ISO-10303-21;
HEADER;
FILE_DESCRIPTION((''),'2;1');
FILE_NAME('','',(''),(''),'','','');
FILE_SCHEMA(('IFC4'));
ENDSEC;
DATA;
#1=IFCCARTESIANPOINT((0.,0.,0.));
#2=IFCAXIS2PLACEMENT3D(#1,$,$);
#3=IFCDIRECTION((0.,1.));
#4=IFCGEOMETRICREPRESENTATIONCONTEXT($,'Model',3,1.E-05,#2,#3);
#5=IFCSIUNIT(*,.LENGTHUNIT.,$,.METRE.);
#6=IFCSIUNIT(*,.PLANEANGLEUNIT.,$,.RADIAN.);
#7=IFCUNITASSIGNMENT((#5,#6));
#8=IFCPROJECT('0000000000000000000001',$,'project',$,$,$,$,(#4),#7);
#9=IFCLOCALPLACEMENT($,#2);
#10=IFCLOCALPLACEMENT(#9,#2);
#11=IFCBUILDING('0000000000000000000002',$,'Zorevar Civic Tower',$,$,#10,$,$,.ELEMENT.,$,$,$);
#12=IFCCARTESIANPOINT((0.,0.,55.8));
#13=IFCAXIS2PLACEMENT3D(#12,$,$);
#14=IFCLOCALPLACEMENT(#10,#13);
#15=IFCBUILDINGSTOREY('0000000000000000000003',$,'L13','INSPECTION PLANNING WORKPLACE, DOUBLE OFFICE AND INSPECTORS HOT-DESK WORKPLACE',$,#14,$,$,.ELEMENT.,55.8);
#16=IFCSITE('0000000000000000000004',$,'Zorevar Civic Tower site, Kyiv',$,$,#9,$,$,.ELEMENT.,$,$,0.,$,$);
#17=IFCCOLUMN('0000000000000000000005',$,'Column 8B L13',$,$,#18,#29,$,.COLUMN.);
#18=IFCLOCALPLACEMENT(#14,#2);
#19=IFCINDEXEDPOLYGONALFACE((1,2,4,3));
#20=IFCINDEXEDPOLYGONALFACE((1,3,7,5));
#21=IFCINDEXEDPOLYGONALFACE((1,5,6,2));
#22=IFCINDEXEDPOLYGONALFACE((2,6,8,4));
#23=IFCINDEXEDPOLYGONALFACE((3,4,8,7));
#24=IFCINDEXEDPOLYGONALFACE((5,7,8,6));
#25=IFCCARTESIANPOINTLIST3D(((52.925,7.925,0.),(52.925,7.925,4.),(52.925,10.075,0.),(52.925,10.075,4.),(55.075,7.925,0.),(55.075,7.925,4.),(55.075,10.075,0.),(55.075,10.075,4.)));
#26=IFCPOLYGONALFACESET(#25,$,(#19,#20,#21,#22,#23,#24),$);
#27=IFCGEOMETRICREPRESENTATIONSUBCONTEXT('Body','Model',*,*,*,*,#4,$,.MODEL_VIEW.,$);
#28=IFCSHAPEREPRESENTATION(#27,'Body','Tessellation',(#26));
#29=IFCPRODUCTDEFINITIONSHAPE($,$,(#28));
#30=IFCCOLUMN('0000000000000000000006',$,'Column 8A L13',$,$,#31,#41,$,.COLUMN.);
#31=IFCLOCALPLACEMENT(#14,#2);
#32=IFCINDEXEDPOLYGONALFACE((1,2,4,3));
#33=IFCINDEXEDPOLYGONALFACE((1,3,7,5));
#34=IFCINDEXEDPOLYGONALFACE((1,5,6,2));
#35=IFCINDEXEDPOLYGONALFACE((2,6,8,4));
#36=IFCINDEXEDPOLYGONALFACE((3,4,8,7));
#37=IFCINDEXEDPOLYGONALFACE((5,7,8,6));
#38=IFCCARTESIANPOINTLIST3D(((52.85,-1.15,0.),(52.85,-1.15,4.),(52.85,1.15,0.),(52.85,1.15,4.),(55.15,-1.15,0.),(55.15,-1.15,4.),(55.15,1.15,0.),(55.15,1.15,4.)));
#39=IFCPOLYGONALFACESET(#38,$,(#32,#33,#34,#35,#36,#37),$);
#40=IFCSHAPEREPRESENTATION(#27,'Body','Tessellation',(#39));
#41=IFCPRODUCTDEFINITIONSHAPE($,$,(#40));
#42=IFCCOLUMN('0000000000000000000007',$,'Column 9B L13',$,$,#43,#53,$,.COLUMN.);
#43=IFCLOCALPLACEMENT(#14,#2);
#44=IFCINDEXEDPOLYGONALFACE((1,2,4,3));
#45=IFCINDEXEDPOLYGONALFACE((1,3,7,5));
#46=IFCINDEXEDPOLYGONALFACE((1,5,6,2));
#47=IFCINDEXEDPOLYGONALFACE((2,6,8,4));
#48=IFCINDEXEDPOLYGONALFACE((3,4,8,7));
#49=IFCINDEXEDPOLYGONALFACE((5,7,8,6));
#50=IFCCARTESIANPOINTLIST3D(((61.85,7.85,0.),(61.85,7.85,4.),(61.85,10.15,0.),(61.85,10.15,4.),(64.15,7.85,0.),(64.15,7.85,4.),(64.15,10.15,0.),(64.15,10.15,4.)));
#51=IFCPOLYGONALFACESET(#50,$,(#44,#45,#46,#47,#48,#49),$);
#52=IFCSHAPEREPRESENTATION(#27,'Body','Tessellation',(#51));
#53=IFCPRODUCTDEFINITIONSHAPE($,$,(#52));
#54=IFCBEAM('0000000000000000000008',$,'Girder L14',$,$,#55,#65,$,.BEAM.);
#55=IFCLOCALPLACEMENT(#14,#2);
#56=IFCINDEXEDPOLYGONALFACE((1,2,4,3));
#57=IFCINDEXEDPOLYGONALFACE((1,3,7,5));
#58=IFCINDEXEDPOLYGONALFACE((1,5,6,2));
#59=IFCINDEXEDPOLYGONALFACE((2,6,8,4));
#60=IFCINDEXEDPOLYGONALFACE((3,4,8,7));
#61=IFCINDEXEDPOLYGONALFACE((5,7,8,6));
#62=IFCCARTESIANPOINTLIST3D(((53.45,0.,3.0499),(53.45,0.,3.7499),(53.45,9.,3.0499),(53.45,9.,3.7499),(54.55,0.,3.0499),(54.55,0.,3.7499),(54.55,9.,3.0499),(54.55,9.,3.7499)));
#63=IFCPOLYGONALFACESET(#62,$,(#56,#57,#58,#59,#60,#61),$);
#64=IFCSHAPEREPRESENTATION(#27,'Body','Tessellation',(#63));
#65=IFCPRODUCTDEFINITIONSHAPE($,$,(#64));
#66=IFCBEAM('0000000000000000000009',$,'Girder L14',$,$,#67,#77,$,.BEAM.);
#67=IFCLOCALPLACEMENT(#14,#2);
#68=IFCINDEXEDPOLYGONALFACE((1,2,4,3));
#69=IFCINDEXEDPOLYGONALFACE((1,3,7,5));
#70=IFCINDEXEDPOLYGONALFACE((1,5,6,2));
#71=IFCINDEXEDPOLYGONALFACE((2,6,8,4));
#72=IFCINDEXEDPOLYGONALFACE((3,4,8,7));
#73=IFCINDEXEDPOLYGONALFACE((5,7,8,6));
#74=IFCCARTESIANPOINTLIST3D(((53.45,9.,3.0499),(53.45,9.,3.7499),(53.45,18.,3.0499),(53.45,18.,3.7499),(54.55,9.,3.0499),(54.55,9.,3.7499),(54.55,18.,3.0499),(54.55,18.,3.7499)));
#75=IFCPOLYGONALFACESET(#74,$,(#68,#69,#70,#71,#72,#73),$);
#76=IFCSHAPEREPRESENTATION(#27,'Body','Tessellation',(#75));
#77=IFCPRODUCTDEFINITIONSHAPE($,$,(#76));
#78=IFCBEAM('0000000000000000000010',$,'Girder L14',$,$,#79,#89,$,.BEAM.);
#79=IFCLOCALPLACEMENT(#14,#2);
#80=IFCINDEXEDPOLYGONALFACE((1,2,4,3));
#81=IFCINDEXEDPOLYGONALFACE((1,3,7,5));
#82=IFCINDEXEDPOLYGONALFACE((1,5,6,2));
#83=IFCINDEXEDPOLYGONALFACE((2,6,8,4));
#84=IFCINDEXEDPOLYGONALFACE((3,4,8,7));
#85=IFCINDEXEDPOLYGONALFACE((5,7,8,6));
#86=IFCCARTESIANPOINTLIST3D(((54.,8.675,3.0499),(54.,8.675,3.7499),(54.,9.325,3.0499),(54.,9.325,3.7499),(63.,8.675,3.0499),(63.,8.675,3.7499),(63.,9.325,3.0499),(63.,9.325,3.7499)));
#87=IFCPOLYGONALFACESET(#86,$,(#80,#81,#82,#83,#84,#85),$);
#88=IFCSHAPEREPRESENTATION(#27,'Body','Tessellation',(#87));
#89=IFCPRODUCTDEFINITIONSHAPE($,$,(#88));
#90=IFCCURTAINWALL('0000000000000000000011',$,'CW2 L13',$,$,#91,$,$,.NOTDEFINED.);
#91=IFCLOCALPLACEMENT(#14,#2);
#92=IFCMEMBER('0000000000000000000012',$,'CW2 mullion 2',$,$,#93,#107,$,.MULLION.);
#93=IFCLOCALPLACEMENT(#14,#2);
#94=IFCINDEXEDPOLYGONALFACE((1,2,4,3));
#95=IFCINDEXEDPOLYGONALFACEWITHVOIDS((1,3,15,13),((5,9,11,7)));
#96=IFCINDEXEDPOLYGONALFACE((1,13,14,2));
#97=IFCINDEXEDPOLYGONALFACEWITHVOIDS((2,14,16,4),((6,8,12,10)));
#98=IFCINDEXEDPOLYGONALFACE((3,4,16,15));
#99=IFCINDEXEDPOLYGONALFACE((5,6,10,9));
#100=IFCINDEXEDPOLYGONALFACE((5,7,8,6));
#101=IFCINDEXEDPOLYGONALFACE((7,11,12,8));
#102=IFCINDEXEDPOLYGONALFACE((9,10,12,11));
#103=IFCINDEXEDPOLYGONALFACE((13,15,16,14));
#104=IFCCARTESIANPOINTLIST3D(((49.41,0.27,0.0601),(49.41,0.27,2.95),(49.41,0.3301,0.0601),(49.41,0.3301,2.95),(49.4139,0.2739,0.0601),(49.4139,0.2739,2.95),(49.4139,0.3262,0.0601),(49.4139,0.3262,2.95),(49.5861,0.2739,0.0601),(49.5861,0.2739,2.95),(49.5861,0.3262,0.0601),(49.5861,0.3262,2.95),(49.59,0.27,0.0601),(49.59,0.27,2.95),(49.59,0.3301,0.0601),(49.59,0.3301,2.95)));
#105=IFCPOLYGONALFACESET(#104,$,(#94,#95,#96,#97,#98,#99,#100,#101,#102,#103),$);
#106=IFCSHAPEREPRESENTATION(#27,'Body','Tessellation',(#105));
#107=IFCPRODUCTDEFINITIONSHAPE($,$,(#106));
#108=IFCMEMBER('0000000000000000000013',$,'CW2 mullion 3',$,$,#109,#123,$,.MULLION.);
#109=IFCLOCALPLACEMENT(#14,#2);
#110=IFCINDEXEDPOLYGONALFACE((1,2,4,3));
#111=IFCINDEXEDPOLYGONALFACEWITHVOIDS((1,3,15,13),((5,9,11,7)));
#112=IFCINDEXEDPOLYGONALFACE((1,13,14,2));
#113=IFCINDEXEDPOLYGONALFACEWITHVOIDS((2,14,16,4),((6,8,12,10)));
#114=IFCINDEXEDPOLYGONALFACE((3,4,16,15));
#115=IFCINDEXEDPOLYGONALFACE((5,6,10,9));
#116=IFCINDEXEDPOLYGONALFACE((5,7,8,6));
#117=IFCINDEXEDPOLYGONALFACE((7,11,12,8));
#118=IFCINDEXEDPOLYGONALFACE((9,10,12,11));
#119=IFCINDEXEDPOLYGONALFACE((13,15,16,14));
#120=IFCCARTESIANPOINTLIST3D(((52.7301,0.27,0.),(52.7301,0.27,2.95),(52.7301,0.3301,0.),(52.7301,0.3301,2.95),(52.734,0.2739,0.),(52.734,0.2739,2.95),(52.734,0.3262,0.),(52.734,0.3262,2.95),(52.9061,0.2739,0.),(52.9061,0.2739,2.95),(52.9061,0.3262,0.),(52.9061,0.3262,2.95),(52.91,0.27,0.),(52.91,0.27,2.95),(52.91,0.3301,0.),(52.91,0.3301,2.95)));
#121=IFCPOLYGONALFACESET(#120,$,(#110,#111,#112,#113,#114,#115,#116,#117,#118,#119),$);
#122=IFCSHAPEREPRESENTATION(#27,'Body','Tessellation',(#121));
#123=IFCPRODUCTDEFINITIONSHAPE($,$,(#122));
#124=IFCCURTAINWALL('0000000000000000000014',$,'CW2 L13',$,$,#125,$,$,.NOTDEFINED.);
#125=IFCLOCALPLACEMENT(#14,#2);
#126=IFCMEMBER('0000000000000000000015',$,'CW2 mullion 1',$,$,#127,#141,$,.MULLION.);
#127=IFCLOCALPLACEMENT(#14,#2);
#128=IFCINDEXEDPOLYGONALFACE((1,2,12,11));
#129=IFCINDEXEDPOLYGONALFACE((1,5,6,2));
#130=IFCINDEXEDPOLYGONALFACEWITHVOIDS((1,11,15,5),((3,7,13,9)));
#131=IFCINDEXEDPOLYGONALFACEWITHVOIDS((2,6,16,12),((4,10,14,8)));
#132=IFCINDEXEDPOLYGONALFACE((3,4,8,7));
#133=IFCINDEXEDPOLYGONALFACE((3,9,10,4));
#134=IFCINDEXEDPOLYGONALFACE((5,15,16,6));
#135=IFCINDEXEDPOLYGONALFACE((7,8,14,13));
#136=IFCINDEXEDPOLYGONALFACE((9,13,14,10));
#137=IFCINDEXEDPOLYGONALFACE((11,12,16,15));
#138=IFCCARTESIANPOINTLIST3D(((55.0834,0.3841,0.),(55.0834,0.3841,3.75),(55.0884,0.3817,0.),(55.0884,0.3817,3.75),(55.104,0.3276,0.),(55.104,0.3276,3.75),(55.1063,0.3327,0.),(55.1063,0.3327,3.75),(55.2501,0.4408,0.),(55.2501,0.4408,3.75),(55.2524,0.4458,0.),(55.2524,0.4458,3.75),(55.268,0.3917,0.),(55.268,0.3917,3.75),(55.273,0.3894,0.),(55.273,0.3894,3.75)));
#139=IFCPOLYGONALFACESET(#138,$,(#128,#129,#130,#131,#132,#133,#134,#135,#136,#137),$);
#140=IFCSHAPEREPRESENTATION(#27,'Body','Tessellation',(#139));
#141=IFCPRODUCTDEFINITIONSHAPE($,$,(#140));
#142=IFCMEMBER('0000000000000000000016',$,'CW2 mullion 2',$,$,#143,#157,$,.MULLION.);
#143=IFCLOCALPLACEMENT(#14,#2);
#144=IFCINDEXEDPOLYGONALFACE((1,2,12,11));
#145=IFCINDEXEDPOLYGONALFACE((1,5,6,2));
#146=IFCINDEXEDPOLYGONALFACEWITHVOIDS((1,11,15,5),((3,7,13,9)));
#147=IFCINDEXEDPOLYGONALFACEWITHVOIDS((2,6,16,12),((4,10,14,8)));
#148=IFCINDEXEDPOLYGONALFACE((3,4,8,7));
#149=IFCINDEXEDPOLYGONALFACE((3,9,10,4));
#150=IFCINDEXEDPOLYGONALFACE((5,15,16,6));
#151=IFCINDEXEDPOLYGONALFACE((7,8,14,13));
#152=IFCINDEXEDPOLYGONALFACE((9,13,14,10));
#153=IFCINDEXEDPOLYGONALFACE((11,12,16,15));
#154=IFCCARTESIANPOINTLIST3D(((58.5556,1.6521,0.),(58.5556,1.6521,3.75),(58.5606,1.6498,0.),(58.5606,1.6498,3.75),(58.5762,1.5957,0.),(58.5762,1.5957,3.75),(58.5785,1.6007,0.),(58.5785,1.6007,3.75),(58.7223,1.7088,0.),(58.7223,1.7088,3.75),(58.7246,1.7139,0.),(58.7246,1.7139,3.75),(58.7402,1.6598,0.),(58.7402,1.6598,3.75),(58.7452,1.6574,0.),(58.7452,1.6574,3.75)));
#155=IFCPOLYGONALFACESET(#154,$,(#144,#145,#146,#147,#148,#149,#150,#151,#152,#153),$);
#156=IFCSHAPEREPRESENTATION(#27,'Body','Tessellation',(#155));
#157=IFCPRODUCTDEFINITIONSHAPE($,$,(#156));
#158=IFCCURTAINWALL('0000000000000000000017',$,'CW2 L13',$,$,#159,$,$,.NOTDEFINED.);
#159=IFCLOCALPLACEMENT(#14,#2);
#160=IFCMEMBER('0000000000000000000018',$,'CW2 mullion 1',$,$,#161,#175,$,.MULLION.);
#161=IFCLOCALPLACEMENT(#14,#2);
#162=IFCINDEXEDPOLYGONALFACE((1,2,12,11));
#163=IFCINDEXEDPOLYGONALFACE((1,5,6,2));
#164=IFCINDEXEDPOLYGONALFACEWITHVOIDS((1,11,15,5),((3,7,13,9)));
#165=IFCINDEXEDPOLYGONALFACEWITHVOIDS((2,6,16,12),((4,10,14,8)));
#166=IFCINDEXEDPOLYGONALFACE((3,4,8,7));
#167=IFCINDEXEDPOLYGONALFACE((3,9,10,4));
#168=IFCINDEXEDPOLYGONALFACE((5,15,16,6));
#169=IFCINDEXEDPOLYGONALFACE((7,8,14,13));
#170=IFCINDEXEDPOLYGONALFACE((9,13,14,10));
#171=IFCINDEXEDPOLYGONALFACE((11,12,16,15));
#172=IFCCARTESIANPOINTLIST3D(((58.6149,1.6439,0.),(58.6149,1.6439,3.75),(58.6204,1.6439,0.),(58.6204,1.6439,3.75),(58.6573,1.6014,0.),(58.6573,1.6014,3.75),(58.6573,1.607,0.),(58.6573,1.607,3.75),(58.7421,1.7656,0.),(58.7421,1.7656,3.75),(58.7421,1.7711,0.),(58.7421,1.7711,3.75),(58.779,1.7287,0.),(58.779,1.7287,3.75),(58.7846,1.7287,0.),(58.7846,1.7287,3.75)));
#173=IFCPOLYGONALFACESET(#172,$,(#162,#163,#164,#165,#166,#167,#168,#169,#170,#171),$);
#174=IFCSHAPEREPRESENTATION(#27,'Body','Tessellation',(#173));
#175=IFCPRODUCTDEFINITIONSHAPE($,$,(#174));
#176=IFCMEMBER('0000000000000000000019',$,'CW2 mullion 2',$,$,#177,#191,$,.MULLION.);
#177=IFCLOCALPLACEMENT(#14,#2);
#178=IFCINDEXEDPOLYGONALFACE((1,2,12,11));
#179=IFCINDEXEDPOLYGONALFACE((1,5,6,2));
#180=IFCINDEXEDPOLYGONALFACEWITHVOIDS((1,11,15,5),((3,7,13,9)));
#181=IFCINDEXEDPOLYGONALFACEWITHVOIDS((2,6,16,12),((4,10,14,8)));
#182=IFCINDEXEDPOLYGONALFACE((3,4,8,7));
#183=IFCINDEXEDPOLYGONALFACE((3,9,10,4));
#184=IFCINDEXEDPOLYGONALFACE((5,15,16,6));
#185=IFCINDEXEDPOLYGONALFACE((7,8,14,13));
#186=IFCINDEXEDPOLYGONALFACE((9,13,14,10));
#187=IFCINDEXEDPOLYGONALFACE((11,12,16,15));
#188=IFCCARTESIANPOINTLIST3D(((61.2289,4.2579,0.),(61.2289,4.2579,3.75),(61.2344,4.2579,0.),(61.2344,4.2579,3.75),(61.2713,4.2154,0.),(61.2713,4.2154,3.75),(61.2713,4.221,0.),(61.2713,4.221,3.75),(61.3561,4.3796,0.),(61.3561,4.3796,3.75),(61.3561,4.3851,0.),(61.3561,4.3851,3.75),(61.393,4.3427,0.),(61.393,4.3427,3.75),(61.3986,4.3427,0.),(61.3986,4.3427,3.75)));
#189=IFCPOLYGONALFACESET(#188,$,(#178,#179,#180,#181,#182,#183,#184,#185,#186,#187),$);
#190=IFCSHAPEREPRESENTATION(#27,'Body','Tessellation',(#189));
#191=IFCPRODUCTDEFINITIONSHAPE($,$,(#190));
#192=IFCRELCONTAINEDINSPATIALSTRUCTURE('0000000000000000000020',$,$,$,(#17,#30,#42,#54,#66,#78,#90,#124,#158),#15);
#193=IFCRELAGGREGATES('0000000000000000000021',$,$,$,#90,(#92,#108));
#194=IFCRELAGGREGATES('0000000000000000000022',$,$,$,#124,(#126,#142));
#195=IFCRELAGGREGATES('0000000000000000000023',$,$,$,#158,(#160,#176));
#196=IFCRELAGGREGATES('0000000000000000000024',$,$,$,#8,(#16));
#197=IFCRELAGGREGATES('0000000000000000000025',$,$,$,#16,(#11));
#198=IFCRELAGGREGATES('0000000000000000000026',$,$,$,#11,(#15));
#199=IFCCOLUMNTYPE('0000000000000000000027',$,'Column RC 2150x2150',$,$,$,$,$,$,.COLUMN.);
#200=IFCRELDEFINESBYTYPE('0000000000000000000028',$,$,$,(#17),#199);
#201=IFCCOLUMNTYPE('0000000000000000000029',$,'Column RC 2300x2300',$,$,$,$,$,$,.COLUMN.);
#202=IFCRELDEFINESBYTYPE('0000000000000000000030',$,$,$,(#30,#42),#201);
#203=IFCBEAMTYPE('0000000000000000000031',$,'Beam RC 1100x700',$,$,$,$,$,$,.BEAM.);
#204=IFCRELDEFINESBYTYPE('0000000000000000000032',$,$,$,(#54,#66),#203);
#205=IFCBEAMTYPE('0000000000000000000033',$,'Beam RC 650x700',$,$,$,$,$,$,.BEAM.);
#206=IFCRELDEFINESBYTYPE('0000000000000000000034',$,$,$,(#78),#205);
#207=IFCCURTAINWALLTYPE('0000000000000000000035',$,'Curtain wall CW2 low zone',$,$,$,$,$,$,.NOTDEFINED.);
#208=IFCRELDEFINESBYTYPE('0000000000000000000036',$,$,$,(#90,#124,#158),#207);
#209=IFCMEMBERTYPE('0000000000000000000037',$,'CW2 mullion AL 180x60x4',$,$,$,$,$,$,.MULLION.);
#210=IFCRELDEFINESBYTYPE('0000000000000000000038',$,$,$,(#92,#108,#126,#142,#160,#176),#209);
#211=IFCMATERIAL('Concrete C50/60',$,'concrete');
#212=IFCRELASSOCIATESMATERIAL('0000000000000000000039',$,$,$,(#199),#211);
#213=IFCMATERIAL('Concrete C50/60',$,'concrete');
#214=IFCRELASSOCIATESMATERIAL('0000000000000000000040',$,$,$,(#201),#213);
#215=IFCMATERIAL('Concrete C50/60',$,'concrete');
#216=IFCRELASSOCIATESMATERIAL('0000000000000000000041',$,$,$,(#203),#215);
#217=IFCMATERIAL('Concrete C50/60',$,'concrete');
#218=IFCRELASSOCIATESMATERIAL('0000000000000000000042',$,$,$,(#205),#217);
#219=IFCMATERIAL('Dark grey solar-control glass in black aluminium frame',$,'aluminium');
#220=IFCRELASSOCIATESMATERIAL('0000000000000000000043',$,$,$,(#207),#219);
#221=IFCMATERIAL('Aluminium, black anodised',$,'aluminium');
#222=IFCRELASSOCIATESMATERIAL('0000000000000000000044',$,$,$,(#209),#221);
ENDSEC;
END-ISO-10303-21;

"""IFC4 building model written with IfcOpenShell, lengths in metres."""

from ifc_helpers import new_model, si_unit, direction, frame, origin, origin_2d, place, context, subcontext, project, spatial, rectangle, hollow_rectangle, extrude, material, material_profile, profile_set, type_object, element, aggregate, save


model = new_model("IFC4")

# Units and contexts
model_context = context("Model", 3, precision=1e-05, world=origin(), true_north=direction((0.0, 1.0)))
body_context = subcontext(model_context, "Body", "Model", "MODEL_VIEW")
ifc_project = project(units=[si_unit("LENGTHUNIT", "METRE"), si_unit("PLANEANGLEUNIT", "RADIAN")], contexts=[model_context])

# Site, building, storey
site_placement = place(None, origin())
site = spatial("IfcSite", under=ifc_project, at=site_placement, Name="Zorevar Civic Tower site, Kyiv", CompositionType="ELEMENT", RefElevation=0.0)
building_placement = place(site_placement, origin())
building = spatial("IfcBuilding", under=site, at=building_placement, Name="Zorevar Civic Tower", CompositionType="ELEMENT")
storey_placement = place(building_placement, frame((0.0, 0.0, 55.8)))
storey = spatial("IfcBuildingStorey", under=building, at=storey_placement, Name="L13", Description="INSPECTION PLANNING WORKPLACE, DOUBLE OFFICE AND INSPECTORS HOT-DESK WORKPLACE", CompositionType="ELEMENT", Elevation=55.8)

# Columns
ifc_material_1 = material(Name="Concrete C50/60", Category="concrete")
ifc_material_profile_1 = material_profile(ifc_material_1, rectangle(XDim=2.1499, YDim=2.1499, at=origin_2d()), Name="RC 2150x2150")
ifc_profile_set_1 = profile_set([ifc_material_profile_1], Name="Concrete C50/60")
column_type_1 = type_object("IfcColumnType", Name="Column RC 2150x2150", PredefinedType="COLUMN", material=ifc_profile_set_1)
column_placement = place(storey_placement, frame((54.0, 9.0, 0.0), z_axis=(0.0, 0.0, 1.0), x_axis=(1.0, 0.0, 0.0)))
element("IfcColumn", 1, at=column_placement, inside=storey, type_object=column_type_1, Name="Column 8B L13", PredefinedType="COLUMN", context=body_context, shape_type="SweptSolid", body=[
    extrude(rectangle(XDim=2.1499, YDim=2.1499, at=origin_2d()), origin(), (0.0, 0.0, 1.0), 4.0),
])
ifc_material_2 = material(Name="Concrete C50/60", Category="concrete")
ifc_material_profile_2 = material_profile(ifc_material_2, rectangle(XDim=2.3, YDim=2.3, at=origin_2d()), Name="RC 2300x2300")
ifc_profile_set_2 = profile_set([ifc_material_profile_2], Name="Concrete C50/60")
column_type_2 = type_object("IfcColumnType", Name="Column RC 2300x2300", PredefinedType="COLUMN", material=ifc_profile_set_2)
for number, where, z_axis, x_axis, name in (
    (2, (54.0, 0.0, 0.0), (0.0, 0.0, 1.0), (1.0, 0.0, 0.0), "Column 8A L13"),
    (3, (63.0, 9.0, 0.0), (0.0, 0.0, 1.0), (1.0, 0.0, 0.0), "Column 9B L13"),
):
    element("IfcColumn", number, at=place(storey_placement, frame(where, z_axis=z_axis, x_axis=x_axis)), inside=storey, type_object=column_type_2, Name=name, PredefinedType="COLUMN", context=body_context, shape_type="SweptSolid", body=[
        extrude(rectangle(XDim=2.3, YDim=2.3, at=origin_2d()), origin(), (0.0, 0.0, 1.0), 4.0),
    ])

# Beams
ifc_material_3 = material(Name="Concrete C50/60", Category="concrete")
ifc_material_profile_3 = material_profile(ifc_material_3, rectangle(XDim=1.1001, YDim=0.7, at=origin_2d()), Name="RC 1100x700")
ifc_profile_set_3 = profile_set([ifc_material_profile_3], Name="Concrete C50/60")
beam_type_1 = type_object("IfcBeamType", Name="Beam RC 1100x700", PredefinedType="BEAM", material=ifc_profile_set_3)
for number, where, z_axis, x_axis, name in (
    (4, (54.0, 0.0, 3.3999), (0.0, 1.0, 0.0), (-1.0, 0.0, 0.0), "Girder L14"),
    (5, (54.0, 9.0, 3.3999), (0.0, 1.0, 0.0), (-1.0, 0.0, 0.0), "Girder L14"),
):
    element("IfcBeam", number, at=place(storey_placement, frame(where, z_axis=z_axis, x_axis=x_axis)), inside=storey, type_object=beam_type_1, Name=name, PredefinedType="BEAM", context=body_context, shape_type="SweptSolid", body=[
        extrude(rectangle(XDim=1.1001, YDim=0.7, at=origin_2d()), origin(), (0.0, 0.0, 1.0), 9.0),
    ])
ifc_material_4 = material(Name="Concrete C50/60", Category="concrete")
ifc_material_profile_4 = material_profile(ifc_material_4, rectangle(XDim=0.6499, YDim=0.7, at=origin_2d()), Name="RC 650x700")
ifc_profile_set_4 = profile_set([ifc_material_profile_4], Name="Concrete C50/60")
beam_type_2 = type_object("IfcBeamType", Name="Beam RC 650x700", PredefinedType="BEAM", material=ifc_profile_set_4)
beam_1_placement = place(storey_placement, frame((54.0, 9.0, 3.3999), z_axis=(1.0, 0.0, 0.0), x_axis=(0.0, 1.0, 0.0)))
element("IfcBeam", 6, at=beam_1_placement, inside=storey, type_object=beam_type_2, Name="Girder L14", PredefinedType="BEAM", context=body_context, shape_type="SweptSolid", body=[
    extrude(rectangle(XDim=0.6499, YDim=0.7, at=origin_2d()), origin(), (0.0, 0.0, 1.0), 9.0),
])

# Curtain walls, members
ifc_material_5 = material(Name="Dark grey solar-control glass in black aluminium frame", Category="aluminium")
curtain_wall_type = type_object("IfcCurtainWallType", Name="Curtain wall CW2 low zone", PredefinedType="NOTDEFINED", material=ifc_material_5)
curtain_wall_1_placement = place(storey_placement, origin())
curtain_wall_1 = element("IfcCurtainWall", 7, at=curtain_wall_1_placement, inside=storey, type_object=curtain_wall_type, Name="CW2 L13", PredefinedType="NOTDEFINED")
ifc_material_6 = material(Name="Aluminium, black anodised", Category="aluminium")
ifc_material_profile_5 = material_profile(ifc_material_6, hollow_rectangle(XDim=0.0601, YDim=0.1799, WallThickness=0.0039, at=origin_2d()), Name="AL 180x60x4")
ifc_profile_set_5 = profile_set([ifc_material_profile_5], Name="Aluminium, black anodised")
member_type_1 = type_object("IfcMemberType", Name="CW2 mullion AL 180x60x4", PredefinedType="MULLION", material=ifc_profile_set_5)
member_1_placement = place(storey_placement, frame((49.5, 0.3, 0.0601), z_axis=(0.0, 0.0, 1.0), x_axis=(0.0, 1.0, 0.0)))
member_1 = element("IfcMember", 8, at=member_1_placement, type_object=member_type_1, Name="CW2 mullion 2", PredefinedType="MULLION", context=body_context, shape_type="SweptSolid", body=[
    extrude(hollow_rectangle(XDim=0.0601, YDim=0.1799, WallThickness=0.0039, at=origin_2d()), origin(), (0.0, 0.0, 1.0), 2.8899),
])
member_2_placement = place(storey_placement, frame((52.8201, 0.3, 0.0), z_axis=(0.0, 0.0, 1.0), x_axis=(0.0, 1.0, 0.0)))
member_2 = element("IfcMember", 9, at=member_2_placement, type_object=member_type_1, Name="CW2 mullion 3", PredefinedType="MULLION", context=body_context, shape_type="SweptSolid", body=[
    extrude(hollow_rectangle(XDim=0.0601, YDim=0.1799, WallThickness=0.0039, at=origin_2d()), origin(), (0.0, 0.0, 1.0), 2.95),
])
curtain_wall_2_placement = place(storey_placement, origin())
curtain_wall_2 = element("IfcCurtainWall", 10, at=curtain_wall_2_placement, inside=storey, type_object=curtain_wall_type, Name="CW2 L13", PredefinedType="NOTDEFINED")
member_3_placement = place(storey_placement, frame((55.1782, 0.3867, 0.0), z_axis=(0.0, 0.0, 1.0), x_axis=(-0.34306, 0.939313, 0.0)))
member_3 = element("IfcMember", 11, at=member_3_placement, type_object=member_type_1, Name="CW2 mullion 1", PredefinedType="MULLION", context=body_context, shape_type="SweptSolid", body=[
    extrude(hollow_rectangle(XDim=0.0601, YDim=0.1799, WallThickness=0.0039, at=origin_2d()), origin(), (0.0, 0.0, 1.0), 3.75),
])
member_4_placement = place(storey_placement, frame((58.6504, 1.6548, 0.0), z_axis=(0.0, 0.0, 1.0), x_axis=(-0.34306, 0.939313, 0.0)))
member_4 = element("IfcMember", 12, at=member_4_placement, type_object=member_type_1, Name="CW2 mullion 2", PredefinedType="MULLION", context=body_context, shape_type="SweptSolid", body=[
    extrude(hollow_rectangle(XDim=0.0601, YDim=0.1799, WallThickness=0.0039, at=origin_2d()), origin(), (0.0, 0.0, 1.0), 3.75),
])
curtain_wall_3_placement = place(storey_placement, origin())
curtain_wall_3 = element("IfcCurtainWall", 13, at=curtain_wall_3_placement, inside=storey, type_object=curtain_wall_type, Name="CW2 L13", PredefinedType="NOTDEFINED")
member_5_placement = place(storey_placement, frame((58.6997, 1.6863, 0.0), z_axis=(0.0, 0.0, 1.0), x_axis=(-0.707107, 0.707107, 0.0)))
member_5 = element("IfcMember", 14, at=member_5_placement, type_object=member_type_1, Name="CW2 mullion 1", PredefinedType="MULLION", context=body_context, shape_type="SweptSolid", body=[
    extrude(hollow_rectangle(XDim=0.0601, YDim=0.1799, WallThickness=0.0039, at=origin_2d()), origin(), (0.0, 0.0, 1.0), 3.75),
])
member_6_placement = place(storey_placement, frame((61.3137, 4.3003, 0.0), z_axis=(0.0, 0.0, 1.0), x_axis=(-0.707107, 0.707107, 0.0)))
member_6 = element("IfcMember", 15, at=member_6_placement, type_object=member_type_1, Name="CW2 mullion 2", PredefinedType="MULLION", context=body_context, shape_type="SweptSolid", body=[
    extrude(hollow_rectangle(XDim=0.0601, YDim=0.1799, WallThickness=0.0039, at=origin_2d()), origin(), (0.0, 0.0, 1.0), 3.75),
])

aggregate(curtain_wall_1, [member_1, member_2])
aggregate(curtain_wall_2, [member_3, member_4])
aggregate(curtain_wall_3, [member_5, member_6])

save(model, "model.ifc")
